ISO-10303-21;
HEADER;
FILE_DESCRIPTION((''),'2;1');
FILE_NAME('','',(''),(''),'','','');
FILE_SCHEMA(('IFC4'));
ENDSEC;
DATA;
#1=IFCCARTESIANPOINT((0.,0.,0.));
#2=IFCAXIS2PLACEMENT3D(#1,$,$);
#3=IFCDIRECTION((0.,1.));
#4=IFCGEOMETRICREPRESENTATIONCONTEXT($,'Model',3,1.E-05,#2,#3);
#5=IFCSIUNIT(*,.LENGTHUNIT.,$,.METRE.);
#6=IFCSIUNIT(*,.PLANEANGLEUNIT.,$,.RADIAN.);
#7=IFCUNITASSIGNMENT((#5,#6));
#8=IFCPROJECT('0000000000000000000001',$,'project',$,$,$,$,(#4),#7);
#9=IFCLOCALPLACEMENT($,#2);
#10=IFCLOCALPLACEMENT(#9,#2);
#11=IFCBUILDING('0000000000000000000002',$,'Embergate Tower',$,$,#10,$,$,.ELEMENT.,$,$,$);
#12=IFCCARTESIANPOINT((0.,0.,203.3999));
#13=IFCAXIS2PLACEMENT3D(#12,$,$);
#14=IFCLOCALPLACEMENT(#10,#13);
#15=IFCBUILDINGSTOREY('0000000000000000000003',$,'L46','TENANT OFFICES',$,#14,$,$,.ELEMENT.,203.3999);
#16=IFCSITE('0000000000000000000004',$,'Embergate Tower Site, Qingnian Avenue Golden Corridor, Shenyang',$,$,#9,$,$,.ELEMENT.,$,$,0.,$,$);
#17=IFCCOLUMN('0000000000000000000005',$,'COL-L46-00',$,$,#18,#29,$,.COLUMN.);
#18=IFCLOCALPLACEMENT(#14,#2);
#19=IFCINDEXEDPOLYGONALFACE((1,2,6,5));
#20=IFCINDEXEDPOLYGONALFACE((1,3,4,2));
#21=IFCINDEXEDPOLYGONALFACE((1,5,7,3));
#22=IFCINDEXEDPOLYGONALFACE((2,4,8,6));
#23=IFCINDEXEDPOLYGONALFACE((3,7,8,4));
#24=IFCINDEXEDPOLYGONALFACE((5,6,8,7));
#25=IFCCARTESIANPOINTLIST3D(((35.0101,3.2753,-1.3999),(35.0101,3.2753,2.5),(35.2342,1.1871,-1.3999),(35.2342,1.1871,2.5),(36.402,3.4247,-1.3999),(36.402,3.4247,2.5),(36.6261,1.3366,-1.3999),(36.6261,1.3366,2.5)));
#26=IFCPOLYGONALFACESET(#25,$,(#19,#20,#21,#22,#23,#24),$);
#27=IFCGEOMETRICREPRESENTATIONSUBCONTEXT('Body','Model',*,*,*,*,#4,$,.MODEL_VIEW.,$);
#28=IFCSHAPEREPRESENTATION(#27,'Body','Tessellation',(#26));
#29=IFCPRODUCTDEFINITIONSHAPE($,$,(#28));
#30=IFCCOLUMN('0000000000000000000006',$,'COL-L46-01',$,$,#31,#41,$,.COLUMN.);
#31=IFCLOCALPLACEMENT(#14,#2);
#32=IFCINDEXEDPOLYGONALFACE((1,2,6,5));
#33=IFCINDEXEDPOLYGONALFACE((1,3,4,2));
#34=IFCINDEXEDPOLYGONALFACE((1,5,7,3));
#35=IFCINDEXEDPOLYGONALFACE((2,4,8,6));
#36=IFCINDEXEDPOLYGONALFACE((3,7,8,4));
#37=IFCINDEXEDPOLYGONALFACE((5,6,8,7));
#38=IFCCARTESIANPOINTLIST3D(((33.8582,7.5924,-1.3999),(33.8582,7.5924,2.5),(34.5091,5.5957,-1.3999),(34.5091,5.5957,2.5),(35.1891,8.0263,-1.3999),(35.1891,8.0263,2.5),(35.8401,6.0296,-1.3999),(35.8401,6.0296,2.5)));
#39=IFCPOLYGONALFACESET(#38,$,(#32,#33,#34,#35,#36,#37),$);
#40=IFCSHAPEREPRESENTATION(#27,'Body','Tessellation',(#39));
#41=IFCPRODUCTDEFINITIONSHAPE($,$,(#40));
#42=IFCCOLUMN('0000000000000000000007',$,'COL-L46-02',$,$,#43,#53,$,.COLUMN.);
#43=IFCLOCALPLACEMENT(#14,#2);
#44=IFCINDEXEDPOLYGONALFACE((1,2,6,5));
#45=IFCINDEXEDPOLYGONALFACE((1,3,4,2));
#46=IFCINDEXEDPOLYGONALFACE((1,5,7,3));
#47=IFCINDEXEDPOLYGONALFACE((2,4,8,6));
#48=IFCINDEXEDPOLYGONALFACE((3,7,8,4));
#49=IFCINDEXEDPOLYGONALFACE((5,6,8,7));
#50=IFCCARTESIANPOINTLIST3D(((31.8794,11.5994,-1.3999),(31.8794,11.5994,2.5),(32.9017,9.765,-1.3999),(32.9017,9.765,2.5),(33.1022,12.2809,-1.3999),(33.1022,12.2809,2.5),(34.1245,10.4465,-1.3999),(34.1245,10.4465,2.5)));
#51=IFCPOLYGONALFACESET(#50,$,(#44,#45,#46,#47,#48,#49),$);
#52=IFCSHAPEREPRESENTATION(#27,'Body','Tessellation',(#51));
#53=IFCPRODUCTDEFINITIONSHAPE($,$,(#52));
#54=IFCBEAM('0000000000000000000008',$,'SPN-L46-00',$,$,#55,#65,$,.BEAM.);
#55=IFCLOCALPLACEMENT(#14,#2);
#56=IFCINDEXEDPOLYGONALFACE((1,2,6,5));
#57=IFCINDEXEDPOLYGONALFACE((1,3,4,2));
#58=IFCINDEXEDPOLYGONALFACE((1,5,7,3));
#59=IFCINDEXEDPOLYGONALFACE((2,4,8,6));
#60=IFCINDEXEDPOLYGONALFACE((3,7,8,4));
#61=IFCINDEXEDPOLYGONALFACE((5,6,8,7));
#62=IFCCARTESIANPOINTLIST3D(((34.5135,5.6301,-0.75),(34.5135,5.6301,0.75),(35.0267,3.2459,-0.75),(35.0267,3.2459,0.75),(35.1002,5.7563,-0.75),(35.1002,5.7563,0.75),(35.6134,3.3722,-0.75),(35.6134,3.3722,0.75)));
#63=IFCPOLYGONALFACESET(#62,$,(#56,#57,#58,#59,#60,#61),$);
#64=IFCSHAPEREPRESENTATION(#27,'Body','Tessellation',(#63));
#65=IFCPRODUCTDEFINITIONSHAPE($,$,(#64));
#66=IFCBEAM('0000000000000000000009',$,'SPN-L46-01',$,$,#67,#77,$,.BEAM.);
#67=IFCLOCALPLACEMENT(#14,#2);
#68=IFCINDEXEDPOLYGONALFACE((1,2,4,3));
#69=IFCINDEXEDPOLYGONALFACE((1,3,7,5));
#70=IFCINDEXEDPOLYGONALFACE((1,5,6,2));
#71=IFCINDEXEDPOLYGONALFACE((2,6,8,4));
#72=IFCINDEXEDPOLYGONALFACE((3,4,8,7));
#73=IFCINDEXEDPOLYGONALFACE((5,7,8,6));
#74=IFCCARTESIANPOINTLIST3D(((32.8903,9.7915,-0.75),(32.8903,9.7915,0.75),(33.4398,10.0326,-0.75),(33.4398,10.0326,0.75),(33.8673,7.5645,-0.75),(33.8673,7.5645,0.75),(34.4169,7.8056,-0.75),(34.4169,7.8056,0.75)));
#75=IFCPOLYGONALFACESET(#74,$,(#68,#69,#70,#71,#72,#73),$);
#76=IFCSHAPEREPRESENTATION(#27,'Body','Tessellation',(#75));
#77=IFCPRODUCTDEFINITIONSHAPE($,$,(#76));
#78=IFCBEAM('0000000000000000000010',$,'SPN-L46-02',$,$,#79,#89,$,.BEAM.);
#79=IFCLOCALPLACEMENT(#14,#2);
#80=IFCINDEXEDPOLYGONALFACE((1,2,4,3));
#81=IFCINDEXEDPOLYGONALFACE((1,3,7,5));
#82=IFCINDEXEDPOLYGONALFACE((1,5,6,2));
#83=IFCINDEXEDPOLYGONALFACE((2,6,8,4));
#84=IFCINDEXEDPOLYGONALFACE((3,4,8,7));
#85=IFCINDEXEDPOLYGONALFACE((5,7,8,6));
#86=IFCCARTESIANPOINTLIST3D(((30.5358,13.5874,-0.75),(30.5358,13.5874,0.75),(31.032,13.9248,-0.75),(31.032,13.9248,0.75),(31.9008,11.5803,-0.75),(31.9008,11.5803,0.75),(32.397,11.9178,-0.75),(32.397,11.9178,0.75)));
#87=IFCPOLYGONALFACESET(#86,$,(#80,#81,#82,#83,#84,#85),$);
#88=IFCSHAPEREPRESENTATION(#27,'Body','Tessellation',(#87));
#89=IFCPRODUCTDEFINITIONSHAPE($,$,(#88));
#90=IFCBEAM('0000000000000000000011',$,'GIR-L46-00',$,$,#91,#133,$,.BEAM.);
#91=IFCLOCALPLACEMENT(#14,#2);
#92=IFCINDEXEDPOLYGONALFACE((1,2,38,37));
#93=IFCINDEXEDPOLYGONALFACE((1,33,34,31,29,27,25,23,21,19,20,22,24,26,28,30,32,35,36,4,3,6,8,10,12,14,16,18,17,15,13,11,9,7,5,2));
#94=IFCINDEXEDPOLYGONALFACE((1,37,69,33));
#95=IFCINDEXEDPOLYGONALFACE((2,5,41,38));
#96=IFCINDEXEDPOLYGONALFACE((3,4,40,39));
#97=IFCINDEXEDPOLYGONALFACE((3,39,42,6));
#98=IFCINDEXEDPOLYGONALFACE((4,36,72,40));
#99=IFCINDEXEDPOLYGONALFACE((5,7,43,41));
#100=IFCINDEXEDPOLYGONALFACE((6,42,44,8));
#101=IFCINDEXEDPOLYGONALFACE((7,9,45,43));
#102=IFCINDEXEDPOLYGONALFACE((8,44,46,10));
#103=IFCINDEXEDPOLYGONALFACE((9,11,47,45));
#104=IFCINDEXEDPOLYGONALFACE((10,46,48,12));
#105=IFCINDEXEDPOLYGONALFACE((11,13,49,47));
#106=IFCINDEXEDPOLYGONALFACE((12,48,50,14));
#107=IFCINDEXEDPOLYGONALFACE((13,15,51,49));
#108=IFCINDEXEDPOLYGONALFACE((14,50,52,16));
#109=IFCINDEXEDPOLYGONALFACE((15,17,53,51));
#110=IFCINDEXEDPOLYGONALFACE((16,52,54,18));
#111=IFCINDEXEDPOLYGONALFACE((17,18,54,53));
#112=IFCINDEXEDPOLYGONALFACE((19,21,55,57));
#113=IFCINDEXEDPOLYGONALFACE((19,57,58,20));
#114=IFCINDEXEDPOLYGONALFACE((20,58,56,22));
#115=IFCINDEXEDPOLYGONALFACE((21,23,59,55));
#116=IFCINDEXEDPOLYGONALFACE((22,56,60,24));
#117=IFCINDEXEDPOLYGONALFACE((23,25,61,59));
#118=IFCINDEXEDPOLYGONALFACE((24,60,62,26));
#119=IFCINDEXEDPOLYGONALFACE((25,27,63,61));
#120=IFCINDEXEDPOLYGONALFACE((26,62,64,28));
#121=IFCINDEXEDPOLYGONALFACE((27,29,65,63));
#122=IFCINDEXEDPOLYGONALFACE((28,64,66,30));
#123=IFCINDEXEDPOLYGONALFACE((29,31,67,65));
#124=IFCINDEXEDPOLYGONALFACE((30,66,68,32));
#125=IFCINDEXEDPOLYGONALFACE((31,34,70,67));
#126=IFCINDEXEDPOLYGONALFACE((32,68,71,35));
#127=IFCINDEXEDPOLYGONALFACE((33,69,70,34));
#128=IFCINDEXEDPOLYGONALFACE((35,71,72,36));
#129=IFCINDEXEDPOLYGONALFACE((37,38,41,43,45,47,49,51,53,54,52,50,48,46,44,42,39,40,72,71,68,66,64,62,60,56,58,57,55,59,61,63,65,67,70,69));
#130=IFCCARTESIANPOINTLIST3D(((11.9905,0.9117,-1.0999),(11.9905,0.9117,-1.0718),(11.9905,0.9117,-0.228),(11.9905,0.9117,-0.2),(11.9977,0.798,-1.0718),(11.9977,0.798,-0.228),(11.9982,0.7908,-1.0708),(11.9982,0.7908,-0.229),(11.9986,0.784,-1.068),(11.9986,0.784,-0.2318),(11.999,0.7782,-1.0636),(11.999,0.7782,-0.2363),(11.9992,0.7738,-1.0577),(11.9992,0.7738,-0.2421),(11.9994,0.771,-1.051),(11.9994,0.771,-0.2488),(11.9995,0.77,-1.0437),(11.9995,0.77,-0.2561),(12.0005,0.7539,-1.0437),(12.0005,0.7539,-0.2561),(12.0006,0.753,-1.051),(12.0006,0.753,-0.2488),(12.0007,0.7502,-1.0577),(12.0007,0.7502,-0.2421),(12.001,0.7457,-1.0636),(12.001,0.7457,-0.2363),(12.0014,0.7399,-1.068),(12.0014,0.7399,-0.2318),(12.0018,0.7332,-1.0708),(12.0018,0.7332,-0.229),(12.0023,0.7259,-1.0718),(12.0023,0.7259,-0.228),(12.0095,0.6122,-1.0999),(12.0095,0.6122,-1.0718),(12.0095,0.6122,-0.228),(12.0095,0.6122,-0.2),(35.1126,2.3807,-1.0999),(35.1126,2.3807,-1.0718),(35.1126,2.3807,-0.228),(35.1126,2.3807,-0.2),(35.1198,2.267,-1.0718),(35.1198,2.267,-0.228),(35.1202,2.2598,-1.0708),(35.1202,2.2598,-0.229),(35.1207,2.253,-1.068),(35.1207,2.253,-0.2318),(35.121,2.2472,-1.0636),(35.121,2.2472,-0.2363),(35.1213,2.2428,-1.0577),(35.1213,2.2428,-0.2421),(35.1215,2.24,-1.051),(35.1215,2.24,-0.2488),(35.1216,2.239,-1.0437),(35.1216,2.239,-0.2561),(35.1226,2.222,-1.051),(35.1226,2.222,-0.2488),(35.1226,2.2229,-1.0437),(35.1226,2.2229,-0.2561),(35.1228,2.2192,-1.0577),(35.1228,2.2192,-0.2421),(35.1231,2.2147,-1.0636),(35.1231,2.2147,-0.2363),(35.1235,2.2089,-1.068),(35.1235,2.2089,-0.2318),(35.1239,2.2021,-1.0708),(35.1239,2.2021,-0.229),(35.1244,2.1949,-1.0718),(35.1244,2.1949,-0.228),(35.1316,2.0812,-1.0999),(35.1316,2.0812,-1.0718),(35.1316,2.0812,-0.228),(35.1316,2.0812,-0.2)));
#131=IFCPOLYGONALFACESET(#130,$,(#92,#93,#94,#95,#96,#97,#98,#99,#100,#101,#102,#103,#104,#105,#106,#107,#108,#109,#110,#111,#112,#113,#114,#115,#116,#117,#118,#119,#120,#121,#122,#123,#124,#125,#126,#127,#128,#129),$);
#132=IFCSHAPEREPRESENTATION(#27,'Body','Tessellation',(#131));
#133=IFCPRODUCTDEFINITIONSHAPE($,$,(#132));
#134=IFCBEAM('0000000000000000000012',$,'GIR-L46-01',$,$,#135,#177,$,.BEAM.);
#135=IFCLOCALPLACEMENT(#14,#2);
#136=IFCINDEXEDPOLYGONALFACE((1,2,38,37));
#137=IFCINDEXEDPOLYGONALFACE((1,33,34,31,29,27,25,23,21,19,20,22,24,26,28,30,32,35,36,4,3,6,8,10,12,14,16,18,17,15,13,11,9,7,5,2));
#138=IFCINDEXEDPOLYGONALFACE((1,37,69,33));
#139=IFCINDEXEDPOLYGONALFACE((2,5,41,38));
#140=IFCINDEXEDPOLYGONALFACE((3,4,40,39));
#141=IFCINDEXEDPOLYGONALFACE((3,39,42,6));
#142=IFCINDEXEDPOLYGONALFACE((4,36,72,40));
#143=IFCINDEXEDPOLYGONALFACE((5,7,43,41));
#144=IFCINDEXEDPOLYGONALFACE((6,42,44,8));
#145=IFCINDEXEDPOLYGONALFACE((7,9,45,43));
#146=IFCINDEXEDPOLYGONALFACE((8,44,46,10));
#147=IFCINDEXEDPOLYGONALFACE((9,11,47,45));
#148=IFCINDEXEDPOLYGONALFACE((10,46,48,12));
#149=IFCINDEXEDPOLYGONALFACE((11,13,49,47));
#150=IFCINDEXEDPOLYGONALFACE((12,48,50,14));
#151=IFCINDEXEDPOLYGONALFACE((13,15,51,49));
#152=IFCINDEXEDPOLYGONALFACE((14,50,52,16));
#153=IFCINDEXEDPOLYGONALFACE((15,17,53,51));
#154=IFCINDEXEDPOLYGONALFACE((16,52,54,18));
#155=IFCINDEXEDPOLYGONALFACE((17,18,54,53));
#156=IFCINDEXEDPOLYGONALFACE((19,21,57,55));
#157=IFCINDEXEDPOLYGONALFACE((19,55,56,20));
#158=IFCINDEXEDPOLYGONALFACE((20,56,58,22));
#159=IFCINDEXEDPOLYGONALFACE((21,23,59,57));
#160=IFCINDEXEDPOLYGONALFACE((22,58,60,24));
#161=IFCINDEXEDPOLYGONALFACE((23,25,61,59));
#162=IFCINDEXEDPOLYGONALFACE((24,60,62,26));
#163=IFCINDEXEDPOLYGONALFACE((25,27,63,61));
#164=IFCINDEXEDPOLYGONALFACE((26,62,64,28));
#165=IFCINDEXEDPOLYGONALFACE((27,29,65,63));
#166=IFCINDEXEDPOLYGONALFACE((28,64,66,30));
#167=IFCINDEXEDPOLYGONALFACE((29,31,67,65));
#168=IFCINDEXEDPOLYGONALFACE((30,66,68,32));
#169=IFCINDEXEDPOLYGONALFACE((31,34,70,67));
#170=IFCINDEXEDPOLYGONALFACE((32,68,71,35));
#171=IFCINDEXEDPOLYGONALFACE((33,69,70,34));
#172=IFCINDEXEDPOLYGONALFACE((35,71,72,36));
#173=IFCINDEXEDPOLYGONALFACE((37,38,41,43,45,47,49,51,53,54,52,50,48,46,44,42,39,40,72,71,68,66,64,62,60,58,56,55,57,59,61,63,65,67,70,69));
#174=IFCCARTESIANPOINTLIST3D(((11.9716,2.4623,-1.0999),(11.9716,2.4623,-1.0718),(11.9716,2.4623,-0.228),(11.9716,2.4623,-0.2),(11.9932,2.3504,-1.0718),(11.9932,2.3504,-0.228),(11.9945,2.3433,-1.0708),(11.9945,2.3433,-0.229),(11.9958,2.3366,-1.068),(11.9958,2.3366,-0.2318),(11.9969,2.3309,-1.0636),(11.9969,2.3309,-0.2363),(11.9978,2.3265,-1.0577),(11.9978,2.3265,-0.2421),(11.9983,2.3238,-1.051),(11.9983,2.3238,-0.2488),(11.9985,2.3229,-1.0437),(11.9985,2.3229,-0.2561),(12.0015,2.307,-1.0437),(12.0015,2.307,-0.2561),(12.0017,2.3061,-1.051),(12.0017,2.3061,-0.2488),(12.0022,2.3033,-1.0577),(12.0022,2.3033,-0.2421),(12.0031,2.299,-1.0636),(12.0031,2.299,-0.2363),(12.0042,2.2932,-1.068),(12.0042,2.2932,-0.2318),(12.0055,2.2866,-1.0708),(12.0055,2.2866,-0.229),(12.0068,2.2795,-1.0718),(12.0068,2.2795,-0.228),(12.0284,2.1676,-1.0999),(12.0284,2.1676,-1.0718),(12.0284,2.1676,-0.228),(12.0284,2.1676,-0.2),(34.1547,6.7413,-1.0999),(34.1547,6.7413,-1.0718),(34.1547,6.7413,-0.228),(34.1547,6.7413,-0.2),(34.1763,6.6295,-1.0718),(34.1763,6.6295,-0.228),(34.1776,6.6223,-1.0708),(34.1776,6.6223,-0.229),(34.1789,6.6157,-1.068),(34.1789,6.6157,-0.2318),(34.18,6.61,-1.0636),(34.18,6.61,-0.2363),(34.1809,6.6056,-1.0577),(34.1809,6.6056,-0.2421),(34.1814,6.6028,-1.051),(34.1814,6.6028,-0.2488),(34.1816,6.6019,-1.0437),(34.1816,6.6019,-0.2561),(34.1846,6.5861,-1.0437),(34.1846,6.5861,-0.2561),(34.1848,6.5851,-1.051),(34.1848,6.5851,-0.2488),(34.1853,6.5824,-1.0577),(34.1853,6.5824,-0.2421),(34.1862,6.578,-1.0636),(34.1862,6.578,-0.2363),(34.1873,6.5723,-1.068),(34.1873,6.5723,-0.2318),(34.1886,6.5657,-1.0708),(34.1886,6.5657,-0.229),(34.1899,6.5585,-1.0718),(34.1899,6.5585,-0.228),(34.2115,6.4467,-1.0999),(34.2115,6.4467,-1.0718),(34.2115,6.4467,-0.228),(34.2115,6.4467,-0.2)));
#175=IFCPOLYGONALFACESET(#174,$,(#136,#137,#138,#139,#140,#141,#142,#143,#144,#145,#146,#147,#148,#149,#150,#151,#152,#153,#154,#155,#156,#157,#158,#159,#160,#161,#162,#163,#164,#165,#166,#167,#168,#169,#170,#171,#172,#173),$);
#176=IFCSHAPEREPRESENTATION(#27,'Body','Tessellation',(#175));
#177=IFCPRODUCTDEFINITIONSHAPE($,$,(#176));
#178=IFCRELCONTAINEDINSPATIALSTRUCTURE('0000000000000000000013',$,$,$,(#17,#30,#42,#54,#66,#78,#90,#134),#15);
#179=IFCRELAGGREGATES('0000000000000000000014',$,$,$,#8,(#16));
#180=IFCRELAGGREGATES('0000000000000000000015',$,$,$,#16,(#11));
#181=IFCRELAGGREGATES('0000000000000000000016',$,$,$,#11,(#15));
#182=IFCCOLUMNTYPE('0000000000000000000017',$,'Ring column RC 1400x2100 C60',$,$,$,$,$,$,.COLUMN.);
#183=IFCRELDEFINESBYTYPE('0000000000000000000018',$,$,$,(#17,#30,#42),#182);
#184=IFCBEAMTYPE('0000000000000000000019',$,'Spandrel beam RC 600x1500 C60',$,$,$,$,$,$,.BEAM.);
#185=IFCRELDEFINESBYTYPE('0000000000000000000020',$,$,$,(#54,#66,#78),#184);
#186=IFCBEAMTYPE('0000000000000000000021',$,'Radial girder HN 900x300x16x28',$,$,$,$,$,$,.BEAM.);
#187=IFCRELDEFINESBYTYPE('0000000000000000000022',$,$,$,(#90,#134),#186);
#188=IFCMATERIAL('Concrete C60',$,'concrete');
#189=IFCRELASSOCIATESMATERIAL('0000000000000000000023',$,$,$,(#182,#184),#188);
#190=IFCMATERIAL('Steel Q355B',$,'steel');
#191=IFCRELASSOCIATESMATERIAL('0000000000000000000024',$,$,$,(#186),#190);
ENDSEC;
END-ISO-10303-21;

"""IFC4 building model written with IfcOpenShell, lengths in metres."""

from ifc_helpers import new_model, si_unit, direction, frame, origin, origin_2d, place, context, subcontext, project, spatial, rectangle, i_section, extrude, source, transform, mapped, material, material_profile, profile_set, type_object, element, save


model = new_model("IFC4")

# Units and contexts
model_context = context("Model", 3, precision=1e-05, world=origin(), true_north=direction((0.0, 1.0)))
body_context = subcontext(model_context, "Body", "Model", "MODEL_VIEW")
ifc_project = project(units=[si_unit("LENGTHUNIT", "METRE"), si_unit("PLANEANGLEUNIT", "RADIAN")], contexts=[model_context])

# Site, building, storey
site_placement = place(None, origin())
site = spatial("IfcSite", under=ifc_project, at=site_placement, Name="Embergate Tower Site, Qingnian Avenue Golden Corridor, Shenyang", CompositionType="ELEMENT", RefElevation=0.0)
building_placement = place(site_placement, origin())
building = spatial("IfcBuilding", under=site, at=building_placement, Name="Embergate Tower", CompositionType="ELEMENT")
storey_placement = place(building_placement, frame((0.0, 0.0, 203.3999)))
storey = spatial("IfcBuildingStorey", under=building, at=storey_placement, Name="L46", Description="TENANT OFFICES", CompositionType="ELEMENT", Elevation=203.3999)

# Columns
ifc_material_1 = material(Name="Concrete C60", Category="concrete")
ifc_material_profile_1 = material_profile(ifc_material_1, rectangle(XDim=1.3999, YDim=2.1001, at=origin_2d()), Name="RC 1400x2100")
ifc_profile_set_1 = profile_set([ifc_material_profile_1], Name="Concrete C60")
column_type = type_object("IfcColumnType", Name="Ring column RC 1400x2100 C60", PredefinedType="COLUMN", material=ifc_profile_set_1)
shared_shape_1 = source(origin(), body_context, "Body", "SweptSolid", [
    extrude(rectangle(XDim=1.3999, YDim=2.1001, at=origin_2d()), origin(), (0.0, 0.0, 1.0), 3.8999),
])
for number, where, z_axis, x_axis, name in (
    (1, (35.8181, 2.3059, -1.3999), (0.0, 0.0, 1.0), (0.994288, 0.106733, 0.0), "COL-L46-00"),
    (2, (34.8491, 6.811, -1.3999), (0.0, 0.0, 1.0), (0.950754, 0.309946, 0.0), "COL-L46-01"),
    (3, (33.002, 11.0229, -1.3999), (0.0, 0.0, 1.0), (0.8735, 0.486823, 0.0), "COL-L46-02"),
):
    element("IfcColumn", number, at=place(storey_placement, frame(where, z_axis=z_axis, x_axis=x_axis)), inside=storey, type_object=column_type, Name=name, PredefinedType="COLUMN", context=body_context, shape_type="MappedRepresentation", body=[
        mapped(shared_shape_1, transform((0.0, 0.0, 0.0))),
    ])

# Beams
ifc_material_profile_2 = material_profile(ifc_material_1, rectangle(XDim=0.6001, YDim=1.5, at=origin_2d()), Name="RC 600x1500")
ifc_profile_set_2 = profile_set([ifc_material_profile_2], Name="Concrete C60")
beam_type_1 = type_object("IfcBeamType", Name="Spandrel beam RC 600x1500 C60", PredefinedType="BEAM", material=ifc_profile_set_2)
shared_shape_2 = source(origin(), body_context, "Body", "SweptSolid", [
    extrude(rectangle(XDim=0.6001, YDim=1.5, at=origin_2d()), origin(), (0.0, 0.0, 1.0), 2.4387),
])
beam_1_placement = place(storey_placement, frame((35.3201, 3.3091, 0.0), z_axis=(-0.210438, 0.977607, 0.0), x_axis=(-0.977607, -0.210438, 0.0)))
element("IfcBeam", 4, at=beam_1_placement, inside=storey, type_object=beam_type_1, Name="SPN-L46-00", PredefinedType="BEAM", context=body_context, shape_type="MappedRepresentation", body=[
    mapped(shared_shape_2, transform((0.0, 0.0, 0.0))),
])
shared_shape_3 = source(origin(), body_context, "Body", "SweptSolid", [
    extrude(rectangle(XDim=0.6001, YDim=1.5, at=origin_2d()), origin(), (0.0, 0.0, 1.0), 2.4319),
])
beam_2_placement = place(storey_placement, frame((34.1421, 7.6851, 0.0), z_axis=(-0.401756, 0.915747, 0.0), x_axis=(-0.915747, -0.401756, 0.0)))
element("IfcBeam", 5, at=beam_2_placement, inside=storey, type_object=beam_type_1, Name="SPN-L46-01", PredefinedType="BEAM", context=body_context, shape_type="MappedRepresentation", body=[
    mapped(shared_shape_3, transform((0.0, 0.0, 0.0))),
])
shared_shape_4 = source(origin(), body_context, "Body", "SweptSolid", [
    extrude(rectangle(XDim=0.6001, YDim=1.5, at=origin_2d()), origin(), (0.0, 0.0, 1.0), 2.4272),
])
beam_3_placement = place(storey_placement, frame((32.1489, 11.749, 0.0), z_axis=(-0.56236, 0.826893, 0.0), x_axis=(-0.826893, -0.56236, 0.0)))
element("IfcBeam", 6, at=beam_3_placement, inside=storey, type_object=beam_type_1, Name="SPN-L46-02", PredefinedType="BEAM", context=body_context, shape_type="MappedRepresentation", body=[
    mapped(shared_shape_4, transform((0.0, 0.0, 0.0))),
])
ifc_material_2 = material(Name="Steel Q355B", Category="steel")
ifc_material_profile_3 = material_profile(ifc_material_2, i_section(OverallWidth=0.3, OverallDepth=0.8999, WebThickness=0.0161, FlangeThickness=0.0281, FilletRadius=0.0281, at=origin_2d()), Name="HN 900x300x16x28")
ifc_profile_set_3 = profile_set([ifc_material_profile_3], Name="Steel Q355 grade B")
beam_type_2 = type_object("IfcBeamType", Name="Radial girder HN 900x300x16x28", PredefinedType="BEAM", material=ifc_profile_set_3)
shared_shape_5 = source(origin(), body_context, "Body", "SweptSolid", [
    extrude(i_section(OverallWidth=0.3, OverallDepth=0.8999, WebThickness=0.0161, FlangeThickness=0.0281, FilletRadius=0.0281, at=origin_2d()), origin(), (0.0, 0.0, 1.0), 23.1687),
])
beam_4_placement = place(storey_placement, frame((35.1221, 2.231, -0.6499), z_axis=(-0.997988, -0.063404, 0.0), x_axis=(0.063404, -0.997988, 0.0)))
element("IfcBeam", 7, at=beam_4_placement, inside=storey, type_object=beam_type_2, Name="GIR-L46-00", PredefinedType="BEAM", context=body_context, shape_type="MappedRepresentation", body=[
    mapped(shared_shape_5, transform((0.0, 0.0, 0.0))),
])
shared_shape_6 = source(origin(), body_context, "Body", "SweptSolid", [
    extrude(i_section(OverallWidth=0.3, OverallDepth=0.8999, WebThickness=0.0161, FlangeThickness=0.0281, FilletRadius=0.0281, at=origin_2d()), origin(), (0.0, 0.0, 1.0), 22.592),
])
beam_5_placement = place(storey_placement, frame((34.1831, 6.594, -0.6499), z_axis=(-0.981899, -0.189405, 0.0), x_axis=(0.189405, -0.981899, 0.0)))
element("IfcBeam", 8, at=beam_5_placement, inside=storey, type_object=beam_type_2, Name="GIR-L46-01", PredefinedType="BEAM", context=body_context, shape_type="MappedRepresentation", body=[
    mapped(shared_shape_6, transform((0.0, 0.0, 0.0))),
])

save(model, "model.ifc")
